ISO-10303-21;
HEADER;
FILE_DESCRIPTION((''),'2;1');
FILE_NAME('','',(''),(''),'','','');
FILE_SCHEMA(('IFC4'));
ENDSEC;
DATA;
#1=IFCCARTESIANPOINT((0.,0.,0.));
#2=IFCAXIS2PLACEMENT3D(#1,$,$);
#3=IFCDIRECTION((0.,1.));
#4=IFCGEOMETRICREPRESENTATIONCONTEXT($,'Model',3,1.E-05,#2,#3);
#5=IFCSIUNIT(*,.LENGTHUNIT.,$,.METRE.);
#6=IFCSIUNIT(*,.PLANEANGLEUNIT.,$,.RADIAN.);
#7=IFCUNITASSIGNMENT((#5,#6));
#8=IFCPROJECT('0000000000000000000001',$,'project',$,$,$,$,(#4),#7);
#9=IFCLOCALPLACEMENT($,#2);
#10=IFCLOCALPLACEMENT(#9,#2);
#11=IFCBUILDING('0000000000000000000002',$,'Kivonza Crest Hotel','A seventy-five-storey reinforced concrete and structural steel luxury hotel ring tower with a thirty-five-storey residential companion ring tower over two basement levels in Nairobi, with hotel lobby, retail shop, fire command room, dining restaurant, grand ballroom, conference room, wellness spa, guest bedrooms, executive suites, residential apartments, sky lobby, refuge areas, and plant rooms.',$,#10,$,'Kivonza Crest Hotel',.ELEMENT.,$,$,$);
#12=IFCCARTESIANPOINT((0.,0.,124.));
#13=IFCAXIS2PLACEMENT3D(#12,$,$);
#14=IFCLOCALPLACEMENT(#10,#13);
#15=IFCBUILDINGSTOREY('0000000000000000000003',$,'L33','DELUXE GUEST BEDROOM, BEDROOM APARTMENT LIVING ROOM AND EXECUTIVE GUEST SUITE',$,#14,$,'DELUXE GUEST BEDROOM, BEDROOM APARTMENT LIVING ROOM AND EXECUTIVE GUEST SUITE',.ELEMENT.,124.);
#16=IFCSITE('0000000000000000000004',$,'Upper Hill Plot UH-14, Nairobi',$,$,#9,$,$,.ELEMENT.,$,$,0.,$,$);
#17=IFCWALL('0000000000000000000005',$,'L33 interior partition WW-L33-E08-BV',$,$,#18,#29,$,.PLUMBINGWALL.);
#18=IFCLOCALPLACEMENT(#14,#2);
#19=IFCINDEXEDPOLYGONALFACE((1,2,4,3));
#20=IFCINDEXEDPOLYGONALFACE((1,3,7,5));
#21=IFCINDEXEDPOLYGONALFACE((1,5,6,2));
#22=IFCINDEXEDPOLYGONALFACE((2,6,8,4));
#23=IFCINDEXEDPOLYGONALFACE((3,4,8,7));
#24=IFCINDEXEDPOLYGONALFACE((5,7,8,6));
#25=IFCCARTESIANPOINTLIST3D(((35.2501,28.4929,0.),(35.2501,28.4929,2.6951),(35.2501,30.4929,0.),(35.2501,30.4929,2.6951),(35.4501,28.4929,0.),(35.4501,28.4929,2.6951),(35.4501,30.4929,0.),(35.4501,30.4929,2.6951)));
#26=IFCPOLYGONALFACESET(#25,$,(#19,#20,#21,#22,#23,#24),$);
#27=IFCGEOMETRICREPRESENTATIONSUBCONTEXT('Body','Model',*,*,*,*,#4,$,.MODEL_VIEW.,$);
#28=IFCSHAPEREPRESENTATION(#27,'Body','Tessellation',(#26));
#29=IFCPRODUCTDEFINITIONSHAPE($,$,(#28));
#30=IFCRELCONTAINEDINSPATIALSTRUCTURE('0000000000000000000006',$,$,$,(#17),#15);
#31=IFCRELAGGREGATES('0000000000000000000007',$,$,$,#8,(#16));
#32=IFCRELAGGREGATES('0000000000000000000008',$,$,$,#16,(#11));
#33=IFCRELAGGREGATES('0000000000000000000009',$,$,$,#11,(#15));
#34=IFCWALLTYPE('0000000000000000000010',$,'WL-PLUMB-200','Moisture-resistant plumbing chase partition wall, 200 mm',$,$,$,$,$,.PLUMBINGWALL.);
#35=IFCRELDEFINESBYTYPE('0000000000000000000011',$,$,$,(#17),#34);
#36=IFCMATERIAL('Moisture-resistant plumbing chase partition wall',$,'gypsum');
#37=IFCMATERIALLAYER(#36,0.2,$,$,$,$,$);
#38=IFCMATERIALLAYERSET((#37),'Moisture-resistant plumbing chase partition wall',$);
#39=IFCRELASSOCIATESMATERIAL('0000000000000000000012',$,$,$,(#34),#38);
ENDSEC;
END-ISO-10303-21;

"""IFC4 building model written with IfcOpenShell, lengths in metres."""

from ifc_helpers import new_model, si_unit, direction, frame, frame_2d, origin, place, context, subcontext, project, spatial, rectangle, extrude, material, layer, layer_set, type_object, element, save


model = new_model("IFC4")

# Units and contexts
model_context = context("Model", 3, precision=1e-05, world=origin(), true_north=direction((0.0, 1.0)))
body_context = subcontext(model_context, "Body", "Model", "MODEL_VIEW")
ifc_project = project(units=[si_unit("LENGTHUNIT", "METRE"), si_unit("PLANEANGLEUNIT", "RADIAN")], contexts=[model_context])

# Site, building, storey
site_placement = place(None, origin())
site = spatial("IfcSite", under=ifc_project, at=site_placement, Name="Upper Hill Plot UH-14, Nairobi", CompositionType="ELEMENT", RefElevation=0.0)
building_placement = place(site_placement, origin())
building = spatial("IfcBuilding", under=site, at=building_placement, Name="Kivonza Crest Hotel", Description="A seventy-five-storey reinforced concrete and structural steel luxury hotel ring tower with a thirty-five-storey residential companion ring tower over two basement levels in Nairobi, with hotel lobby, retail shop, fire command room, dining restaurant, grand ballroom, conference room, wellness spa, guest bedrooms, executive suites, residential apartments, sky lobby, refuge areas, and plant rooms.", LongName="Kivonza Crest Hotel", CompositionType="ELEMENT")
storey_placement = place(building_placement, frame((0.0, 0.0, 124.0)))
storey = spatial("IfcBuildingStorey", under=building, at=storey_placement, Name="L33", Description="DELUXE GUEST BEDROOM, BEDROOM APARTMENT LIVING ROOM AND EXECUTIVE GUEST SUITE", LongName="DELUXE GUEST BEDROOM, BEDROOM APARTMENT LIVING ROOM AND EXECUTIVE GUEST SUITE", CompositionType="ELEMENT", Elevation=124.0)

# Shared definitions
ifc_material_1 = material(Name="Moisture-resistant plumbing chase partition wall", Category="gypsum")
ifc_layer_1 = layer(ifc_material_1, 0.2)
ifc_layer_set_1 = layer_set([ifc_layer_1], Name="Moisture-resistant plumbing chase partition wall")
wall_type_1 = type_object("IfcWallType", Name="WL-PLUMB-200", Description="Moisture-resistant plumbing chase partition wall, 200 mm", PredefinedType="PLUMBINGWALL", material=ifc_layer_set_1)

# Wall
wall_1_placement = place(storey_placement, frame((35.3501, 28.4929, 0.0), z_axis=(0.0, 0.0, 1.0), x_axis=(0.0, 1.0, 0.0)))
element("IfcWall", 1, at=wall_1_placement, inside=storey, type_object=wall_type_1, Name="L33 interior partition WW-L33-E08-BV", PredefinedType="PLUMBINGWALL", context=body_context, shape_type="SweptSolid", body=[
    extrude(rectangle(XDim=2.0, YDim=0.2, at=frame_2d((1.0, 0.0))), origin(), (0.0, 0.0, 1.0), 2.6951),
])

save(model, "model.ifc")
